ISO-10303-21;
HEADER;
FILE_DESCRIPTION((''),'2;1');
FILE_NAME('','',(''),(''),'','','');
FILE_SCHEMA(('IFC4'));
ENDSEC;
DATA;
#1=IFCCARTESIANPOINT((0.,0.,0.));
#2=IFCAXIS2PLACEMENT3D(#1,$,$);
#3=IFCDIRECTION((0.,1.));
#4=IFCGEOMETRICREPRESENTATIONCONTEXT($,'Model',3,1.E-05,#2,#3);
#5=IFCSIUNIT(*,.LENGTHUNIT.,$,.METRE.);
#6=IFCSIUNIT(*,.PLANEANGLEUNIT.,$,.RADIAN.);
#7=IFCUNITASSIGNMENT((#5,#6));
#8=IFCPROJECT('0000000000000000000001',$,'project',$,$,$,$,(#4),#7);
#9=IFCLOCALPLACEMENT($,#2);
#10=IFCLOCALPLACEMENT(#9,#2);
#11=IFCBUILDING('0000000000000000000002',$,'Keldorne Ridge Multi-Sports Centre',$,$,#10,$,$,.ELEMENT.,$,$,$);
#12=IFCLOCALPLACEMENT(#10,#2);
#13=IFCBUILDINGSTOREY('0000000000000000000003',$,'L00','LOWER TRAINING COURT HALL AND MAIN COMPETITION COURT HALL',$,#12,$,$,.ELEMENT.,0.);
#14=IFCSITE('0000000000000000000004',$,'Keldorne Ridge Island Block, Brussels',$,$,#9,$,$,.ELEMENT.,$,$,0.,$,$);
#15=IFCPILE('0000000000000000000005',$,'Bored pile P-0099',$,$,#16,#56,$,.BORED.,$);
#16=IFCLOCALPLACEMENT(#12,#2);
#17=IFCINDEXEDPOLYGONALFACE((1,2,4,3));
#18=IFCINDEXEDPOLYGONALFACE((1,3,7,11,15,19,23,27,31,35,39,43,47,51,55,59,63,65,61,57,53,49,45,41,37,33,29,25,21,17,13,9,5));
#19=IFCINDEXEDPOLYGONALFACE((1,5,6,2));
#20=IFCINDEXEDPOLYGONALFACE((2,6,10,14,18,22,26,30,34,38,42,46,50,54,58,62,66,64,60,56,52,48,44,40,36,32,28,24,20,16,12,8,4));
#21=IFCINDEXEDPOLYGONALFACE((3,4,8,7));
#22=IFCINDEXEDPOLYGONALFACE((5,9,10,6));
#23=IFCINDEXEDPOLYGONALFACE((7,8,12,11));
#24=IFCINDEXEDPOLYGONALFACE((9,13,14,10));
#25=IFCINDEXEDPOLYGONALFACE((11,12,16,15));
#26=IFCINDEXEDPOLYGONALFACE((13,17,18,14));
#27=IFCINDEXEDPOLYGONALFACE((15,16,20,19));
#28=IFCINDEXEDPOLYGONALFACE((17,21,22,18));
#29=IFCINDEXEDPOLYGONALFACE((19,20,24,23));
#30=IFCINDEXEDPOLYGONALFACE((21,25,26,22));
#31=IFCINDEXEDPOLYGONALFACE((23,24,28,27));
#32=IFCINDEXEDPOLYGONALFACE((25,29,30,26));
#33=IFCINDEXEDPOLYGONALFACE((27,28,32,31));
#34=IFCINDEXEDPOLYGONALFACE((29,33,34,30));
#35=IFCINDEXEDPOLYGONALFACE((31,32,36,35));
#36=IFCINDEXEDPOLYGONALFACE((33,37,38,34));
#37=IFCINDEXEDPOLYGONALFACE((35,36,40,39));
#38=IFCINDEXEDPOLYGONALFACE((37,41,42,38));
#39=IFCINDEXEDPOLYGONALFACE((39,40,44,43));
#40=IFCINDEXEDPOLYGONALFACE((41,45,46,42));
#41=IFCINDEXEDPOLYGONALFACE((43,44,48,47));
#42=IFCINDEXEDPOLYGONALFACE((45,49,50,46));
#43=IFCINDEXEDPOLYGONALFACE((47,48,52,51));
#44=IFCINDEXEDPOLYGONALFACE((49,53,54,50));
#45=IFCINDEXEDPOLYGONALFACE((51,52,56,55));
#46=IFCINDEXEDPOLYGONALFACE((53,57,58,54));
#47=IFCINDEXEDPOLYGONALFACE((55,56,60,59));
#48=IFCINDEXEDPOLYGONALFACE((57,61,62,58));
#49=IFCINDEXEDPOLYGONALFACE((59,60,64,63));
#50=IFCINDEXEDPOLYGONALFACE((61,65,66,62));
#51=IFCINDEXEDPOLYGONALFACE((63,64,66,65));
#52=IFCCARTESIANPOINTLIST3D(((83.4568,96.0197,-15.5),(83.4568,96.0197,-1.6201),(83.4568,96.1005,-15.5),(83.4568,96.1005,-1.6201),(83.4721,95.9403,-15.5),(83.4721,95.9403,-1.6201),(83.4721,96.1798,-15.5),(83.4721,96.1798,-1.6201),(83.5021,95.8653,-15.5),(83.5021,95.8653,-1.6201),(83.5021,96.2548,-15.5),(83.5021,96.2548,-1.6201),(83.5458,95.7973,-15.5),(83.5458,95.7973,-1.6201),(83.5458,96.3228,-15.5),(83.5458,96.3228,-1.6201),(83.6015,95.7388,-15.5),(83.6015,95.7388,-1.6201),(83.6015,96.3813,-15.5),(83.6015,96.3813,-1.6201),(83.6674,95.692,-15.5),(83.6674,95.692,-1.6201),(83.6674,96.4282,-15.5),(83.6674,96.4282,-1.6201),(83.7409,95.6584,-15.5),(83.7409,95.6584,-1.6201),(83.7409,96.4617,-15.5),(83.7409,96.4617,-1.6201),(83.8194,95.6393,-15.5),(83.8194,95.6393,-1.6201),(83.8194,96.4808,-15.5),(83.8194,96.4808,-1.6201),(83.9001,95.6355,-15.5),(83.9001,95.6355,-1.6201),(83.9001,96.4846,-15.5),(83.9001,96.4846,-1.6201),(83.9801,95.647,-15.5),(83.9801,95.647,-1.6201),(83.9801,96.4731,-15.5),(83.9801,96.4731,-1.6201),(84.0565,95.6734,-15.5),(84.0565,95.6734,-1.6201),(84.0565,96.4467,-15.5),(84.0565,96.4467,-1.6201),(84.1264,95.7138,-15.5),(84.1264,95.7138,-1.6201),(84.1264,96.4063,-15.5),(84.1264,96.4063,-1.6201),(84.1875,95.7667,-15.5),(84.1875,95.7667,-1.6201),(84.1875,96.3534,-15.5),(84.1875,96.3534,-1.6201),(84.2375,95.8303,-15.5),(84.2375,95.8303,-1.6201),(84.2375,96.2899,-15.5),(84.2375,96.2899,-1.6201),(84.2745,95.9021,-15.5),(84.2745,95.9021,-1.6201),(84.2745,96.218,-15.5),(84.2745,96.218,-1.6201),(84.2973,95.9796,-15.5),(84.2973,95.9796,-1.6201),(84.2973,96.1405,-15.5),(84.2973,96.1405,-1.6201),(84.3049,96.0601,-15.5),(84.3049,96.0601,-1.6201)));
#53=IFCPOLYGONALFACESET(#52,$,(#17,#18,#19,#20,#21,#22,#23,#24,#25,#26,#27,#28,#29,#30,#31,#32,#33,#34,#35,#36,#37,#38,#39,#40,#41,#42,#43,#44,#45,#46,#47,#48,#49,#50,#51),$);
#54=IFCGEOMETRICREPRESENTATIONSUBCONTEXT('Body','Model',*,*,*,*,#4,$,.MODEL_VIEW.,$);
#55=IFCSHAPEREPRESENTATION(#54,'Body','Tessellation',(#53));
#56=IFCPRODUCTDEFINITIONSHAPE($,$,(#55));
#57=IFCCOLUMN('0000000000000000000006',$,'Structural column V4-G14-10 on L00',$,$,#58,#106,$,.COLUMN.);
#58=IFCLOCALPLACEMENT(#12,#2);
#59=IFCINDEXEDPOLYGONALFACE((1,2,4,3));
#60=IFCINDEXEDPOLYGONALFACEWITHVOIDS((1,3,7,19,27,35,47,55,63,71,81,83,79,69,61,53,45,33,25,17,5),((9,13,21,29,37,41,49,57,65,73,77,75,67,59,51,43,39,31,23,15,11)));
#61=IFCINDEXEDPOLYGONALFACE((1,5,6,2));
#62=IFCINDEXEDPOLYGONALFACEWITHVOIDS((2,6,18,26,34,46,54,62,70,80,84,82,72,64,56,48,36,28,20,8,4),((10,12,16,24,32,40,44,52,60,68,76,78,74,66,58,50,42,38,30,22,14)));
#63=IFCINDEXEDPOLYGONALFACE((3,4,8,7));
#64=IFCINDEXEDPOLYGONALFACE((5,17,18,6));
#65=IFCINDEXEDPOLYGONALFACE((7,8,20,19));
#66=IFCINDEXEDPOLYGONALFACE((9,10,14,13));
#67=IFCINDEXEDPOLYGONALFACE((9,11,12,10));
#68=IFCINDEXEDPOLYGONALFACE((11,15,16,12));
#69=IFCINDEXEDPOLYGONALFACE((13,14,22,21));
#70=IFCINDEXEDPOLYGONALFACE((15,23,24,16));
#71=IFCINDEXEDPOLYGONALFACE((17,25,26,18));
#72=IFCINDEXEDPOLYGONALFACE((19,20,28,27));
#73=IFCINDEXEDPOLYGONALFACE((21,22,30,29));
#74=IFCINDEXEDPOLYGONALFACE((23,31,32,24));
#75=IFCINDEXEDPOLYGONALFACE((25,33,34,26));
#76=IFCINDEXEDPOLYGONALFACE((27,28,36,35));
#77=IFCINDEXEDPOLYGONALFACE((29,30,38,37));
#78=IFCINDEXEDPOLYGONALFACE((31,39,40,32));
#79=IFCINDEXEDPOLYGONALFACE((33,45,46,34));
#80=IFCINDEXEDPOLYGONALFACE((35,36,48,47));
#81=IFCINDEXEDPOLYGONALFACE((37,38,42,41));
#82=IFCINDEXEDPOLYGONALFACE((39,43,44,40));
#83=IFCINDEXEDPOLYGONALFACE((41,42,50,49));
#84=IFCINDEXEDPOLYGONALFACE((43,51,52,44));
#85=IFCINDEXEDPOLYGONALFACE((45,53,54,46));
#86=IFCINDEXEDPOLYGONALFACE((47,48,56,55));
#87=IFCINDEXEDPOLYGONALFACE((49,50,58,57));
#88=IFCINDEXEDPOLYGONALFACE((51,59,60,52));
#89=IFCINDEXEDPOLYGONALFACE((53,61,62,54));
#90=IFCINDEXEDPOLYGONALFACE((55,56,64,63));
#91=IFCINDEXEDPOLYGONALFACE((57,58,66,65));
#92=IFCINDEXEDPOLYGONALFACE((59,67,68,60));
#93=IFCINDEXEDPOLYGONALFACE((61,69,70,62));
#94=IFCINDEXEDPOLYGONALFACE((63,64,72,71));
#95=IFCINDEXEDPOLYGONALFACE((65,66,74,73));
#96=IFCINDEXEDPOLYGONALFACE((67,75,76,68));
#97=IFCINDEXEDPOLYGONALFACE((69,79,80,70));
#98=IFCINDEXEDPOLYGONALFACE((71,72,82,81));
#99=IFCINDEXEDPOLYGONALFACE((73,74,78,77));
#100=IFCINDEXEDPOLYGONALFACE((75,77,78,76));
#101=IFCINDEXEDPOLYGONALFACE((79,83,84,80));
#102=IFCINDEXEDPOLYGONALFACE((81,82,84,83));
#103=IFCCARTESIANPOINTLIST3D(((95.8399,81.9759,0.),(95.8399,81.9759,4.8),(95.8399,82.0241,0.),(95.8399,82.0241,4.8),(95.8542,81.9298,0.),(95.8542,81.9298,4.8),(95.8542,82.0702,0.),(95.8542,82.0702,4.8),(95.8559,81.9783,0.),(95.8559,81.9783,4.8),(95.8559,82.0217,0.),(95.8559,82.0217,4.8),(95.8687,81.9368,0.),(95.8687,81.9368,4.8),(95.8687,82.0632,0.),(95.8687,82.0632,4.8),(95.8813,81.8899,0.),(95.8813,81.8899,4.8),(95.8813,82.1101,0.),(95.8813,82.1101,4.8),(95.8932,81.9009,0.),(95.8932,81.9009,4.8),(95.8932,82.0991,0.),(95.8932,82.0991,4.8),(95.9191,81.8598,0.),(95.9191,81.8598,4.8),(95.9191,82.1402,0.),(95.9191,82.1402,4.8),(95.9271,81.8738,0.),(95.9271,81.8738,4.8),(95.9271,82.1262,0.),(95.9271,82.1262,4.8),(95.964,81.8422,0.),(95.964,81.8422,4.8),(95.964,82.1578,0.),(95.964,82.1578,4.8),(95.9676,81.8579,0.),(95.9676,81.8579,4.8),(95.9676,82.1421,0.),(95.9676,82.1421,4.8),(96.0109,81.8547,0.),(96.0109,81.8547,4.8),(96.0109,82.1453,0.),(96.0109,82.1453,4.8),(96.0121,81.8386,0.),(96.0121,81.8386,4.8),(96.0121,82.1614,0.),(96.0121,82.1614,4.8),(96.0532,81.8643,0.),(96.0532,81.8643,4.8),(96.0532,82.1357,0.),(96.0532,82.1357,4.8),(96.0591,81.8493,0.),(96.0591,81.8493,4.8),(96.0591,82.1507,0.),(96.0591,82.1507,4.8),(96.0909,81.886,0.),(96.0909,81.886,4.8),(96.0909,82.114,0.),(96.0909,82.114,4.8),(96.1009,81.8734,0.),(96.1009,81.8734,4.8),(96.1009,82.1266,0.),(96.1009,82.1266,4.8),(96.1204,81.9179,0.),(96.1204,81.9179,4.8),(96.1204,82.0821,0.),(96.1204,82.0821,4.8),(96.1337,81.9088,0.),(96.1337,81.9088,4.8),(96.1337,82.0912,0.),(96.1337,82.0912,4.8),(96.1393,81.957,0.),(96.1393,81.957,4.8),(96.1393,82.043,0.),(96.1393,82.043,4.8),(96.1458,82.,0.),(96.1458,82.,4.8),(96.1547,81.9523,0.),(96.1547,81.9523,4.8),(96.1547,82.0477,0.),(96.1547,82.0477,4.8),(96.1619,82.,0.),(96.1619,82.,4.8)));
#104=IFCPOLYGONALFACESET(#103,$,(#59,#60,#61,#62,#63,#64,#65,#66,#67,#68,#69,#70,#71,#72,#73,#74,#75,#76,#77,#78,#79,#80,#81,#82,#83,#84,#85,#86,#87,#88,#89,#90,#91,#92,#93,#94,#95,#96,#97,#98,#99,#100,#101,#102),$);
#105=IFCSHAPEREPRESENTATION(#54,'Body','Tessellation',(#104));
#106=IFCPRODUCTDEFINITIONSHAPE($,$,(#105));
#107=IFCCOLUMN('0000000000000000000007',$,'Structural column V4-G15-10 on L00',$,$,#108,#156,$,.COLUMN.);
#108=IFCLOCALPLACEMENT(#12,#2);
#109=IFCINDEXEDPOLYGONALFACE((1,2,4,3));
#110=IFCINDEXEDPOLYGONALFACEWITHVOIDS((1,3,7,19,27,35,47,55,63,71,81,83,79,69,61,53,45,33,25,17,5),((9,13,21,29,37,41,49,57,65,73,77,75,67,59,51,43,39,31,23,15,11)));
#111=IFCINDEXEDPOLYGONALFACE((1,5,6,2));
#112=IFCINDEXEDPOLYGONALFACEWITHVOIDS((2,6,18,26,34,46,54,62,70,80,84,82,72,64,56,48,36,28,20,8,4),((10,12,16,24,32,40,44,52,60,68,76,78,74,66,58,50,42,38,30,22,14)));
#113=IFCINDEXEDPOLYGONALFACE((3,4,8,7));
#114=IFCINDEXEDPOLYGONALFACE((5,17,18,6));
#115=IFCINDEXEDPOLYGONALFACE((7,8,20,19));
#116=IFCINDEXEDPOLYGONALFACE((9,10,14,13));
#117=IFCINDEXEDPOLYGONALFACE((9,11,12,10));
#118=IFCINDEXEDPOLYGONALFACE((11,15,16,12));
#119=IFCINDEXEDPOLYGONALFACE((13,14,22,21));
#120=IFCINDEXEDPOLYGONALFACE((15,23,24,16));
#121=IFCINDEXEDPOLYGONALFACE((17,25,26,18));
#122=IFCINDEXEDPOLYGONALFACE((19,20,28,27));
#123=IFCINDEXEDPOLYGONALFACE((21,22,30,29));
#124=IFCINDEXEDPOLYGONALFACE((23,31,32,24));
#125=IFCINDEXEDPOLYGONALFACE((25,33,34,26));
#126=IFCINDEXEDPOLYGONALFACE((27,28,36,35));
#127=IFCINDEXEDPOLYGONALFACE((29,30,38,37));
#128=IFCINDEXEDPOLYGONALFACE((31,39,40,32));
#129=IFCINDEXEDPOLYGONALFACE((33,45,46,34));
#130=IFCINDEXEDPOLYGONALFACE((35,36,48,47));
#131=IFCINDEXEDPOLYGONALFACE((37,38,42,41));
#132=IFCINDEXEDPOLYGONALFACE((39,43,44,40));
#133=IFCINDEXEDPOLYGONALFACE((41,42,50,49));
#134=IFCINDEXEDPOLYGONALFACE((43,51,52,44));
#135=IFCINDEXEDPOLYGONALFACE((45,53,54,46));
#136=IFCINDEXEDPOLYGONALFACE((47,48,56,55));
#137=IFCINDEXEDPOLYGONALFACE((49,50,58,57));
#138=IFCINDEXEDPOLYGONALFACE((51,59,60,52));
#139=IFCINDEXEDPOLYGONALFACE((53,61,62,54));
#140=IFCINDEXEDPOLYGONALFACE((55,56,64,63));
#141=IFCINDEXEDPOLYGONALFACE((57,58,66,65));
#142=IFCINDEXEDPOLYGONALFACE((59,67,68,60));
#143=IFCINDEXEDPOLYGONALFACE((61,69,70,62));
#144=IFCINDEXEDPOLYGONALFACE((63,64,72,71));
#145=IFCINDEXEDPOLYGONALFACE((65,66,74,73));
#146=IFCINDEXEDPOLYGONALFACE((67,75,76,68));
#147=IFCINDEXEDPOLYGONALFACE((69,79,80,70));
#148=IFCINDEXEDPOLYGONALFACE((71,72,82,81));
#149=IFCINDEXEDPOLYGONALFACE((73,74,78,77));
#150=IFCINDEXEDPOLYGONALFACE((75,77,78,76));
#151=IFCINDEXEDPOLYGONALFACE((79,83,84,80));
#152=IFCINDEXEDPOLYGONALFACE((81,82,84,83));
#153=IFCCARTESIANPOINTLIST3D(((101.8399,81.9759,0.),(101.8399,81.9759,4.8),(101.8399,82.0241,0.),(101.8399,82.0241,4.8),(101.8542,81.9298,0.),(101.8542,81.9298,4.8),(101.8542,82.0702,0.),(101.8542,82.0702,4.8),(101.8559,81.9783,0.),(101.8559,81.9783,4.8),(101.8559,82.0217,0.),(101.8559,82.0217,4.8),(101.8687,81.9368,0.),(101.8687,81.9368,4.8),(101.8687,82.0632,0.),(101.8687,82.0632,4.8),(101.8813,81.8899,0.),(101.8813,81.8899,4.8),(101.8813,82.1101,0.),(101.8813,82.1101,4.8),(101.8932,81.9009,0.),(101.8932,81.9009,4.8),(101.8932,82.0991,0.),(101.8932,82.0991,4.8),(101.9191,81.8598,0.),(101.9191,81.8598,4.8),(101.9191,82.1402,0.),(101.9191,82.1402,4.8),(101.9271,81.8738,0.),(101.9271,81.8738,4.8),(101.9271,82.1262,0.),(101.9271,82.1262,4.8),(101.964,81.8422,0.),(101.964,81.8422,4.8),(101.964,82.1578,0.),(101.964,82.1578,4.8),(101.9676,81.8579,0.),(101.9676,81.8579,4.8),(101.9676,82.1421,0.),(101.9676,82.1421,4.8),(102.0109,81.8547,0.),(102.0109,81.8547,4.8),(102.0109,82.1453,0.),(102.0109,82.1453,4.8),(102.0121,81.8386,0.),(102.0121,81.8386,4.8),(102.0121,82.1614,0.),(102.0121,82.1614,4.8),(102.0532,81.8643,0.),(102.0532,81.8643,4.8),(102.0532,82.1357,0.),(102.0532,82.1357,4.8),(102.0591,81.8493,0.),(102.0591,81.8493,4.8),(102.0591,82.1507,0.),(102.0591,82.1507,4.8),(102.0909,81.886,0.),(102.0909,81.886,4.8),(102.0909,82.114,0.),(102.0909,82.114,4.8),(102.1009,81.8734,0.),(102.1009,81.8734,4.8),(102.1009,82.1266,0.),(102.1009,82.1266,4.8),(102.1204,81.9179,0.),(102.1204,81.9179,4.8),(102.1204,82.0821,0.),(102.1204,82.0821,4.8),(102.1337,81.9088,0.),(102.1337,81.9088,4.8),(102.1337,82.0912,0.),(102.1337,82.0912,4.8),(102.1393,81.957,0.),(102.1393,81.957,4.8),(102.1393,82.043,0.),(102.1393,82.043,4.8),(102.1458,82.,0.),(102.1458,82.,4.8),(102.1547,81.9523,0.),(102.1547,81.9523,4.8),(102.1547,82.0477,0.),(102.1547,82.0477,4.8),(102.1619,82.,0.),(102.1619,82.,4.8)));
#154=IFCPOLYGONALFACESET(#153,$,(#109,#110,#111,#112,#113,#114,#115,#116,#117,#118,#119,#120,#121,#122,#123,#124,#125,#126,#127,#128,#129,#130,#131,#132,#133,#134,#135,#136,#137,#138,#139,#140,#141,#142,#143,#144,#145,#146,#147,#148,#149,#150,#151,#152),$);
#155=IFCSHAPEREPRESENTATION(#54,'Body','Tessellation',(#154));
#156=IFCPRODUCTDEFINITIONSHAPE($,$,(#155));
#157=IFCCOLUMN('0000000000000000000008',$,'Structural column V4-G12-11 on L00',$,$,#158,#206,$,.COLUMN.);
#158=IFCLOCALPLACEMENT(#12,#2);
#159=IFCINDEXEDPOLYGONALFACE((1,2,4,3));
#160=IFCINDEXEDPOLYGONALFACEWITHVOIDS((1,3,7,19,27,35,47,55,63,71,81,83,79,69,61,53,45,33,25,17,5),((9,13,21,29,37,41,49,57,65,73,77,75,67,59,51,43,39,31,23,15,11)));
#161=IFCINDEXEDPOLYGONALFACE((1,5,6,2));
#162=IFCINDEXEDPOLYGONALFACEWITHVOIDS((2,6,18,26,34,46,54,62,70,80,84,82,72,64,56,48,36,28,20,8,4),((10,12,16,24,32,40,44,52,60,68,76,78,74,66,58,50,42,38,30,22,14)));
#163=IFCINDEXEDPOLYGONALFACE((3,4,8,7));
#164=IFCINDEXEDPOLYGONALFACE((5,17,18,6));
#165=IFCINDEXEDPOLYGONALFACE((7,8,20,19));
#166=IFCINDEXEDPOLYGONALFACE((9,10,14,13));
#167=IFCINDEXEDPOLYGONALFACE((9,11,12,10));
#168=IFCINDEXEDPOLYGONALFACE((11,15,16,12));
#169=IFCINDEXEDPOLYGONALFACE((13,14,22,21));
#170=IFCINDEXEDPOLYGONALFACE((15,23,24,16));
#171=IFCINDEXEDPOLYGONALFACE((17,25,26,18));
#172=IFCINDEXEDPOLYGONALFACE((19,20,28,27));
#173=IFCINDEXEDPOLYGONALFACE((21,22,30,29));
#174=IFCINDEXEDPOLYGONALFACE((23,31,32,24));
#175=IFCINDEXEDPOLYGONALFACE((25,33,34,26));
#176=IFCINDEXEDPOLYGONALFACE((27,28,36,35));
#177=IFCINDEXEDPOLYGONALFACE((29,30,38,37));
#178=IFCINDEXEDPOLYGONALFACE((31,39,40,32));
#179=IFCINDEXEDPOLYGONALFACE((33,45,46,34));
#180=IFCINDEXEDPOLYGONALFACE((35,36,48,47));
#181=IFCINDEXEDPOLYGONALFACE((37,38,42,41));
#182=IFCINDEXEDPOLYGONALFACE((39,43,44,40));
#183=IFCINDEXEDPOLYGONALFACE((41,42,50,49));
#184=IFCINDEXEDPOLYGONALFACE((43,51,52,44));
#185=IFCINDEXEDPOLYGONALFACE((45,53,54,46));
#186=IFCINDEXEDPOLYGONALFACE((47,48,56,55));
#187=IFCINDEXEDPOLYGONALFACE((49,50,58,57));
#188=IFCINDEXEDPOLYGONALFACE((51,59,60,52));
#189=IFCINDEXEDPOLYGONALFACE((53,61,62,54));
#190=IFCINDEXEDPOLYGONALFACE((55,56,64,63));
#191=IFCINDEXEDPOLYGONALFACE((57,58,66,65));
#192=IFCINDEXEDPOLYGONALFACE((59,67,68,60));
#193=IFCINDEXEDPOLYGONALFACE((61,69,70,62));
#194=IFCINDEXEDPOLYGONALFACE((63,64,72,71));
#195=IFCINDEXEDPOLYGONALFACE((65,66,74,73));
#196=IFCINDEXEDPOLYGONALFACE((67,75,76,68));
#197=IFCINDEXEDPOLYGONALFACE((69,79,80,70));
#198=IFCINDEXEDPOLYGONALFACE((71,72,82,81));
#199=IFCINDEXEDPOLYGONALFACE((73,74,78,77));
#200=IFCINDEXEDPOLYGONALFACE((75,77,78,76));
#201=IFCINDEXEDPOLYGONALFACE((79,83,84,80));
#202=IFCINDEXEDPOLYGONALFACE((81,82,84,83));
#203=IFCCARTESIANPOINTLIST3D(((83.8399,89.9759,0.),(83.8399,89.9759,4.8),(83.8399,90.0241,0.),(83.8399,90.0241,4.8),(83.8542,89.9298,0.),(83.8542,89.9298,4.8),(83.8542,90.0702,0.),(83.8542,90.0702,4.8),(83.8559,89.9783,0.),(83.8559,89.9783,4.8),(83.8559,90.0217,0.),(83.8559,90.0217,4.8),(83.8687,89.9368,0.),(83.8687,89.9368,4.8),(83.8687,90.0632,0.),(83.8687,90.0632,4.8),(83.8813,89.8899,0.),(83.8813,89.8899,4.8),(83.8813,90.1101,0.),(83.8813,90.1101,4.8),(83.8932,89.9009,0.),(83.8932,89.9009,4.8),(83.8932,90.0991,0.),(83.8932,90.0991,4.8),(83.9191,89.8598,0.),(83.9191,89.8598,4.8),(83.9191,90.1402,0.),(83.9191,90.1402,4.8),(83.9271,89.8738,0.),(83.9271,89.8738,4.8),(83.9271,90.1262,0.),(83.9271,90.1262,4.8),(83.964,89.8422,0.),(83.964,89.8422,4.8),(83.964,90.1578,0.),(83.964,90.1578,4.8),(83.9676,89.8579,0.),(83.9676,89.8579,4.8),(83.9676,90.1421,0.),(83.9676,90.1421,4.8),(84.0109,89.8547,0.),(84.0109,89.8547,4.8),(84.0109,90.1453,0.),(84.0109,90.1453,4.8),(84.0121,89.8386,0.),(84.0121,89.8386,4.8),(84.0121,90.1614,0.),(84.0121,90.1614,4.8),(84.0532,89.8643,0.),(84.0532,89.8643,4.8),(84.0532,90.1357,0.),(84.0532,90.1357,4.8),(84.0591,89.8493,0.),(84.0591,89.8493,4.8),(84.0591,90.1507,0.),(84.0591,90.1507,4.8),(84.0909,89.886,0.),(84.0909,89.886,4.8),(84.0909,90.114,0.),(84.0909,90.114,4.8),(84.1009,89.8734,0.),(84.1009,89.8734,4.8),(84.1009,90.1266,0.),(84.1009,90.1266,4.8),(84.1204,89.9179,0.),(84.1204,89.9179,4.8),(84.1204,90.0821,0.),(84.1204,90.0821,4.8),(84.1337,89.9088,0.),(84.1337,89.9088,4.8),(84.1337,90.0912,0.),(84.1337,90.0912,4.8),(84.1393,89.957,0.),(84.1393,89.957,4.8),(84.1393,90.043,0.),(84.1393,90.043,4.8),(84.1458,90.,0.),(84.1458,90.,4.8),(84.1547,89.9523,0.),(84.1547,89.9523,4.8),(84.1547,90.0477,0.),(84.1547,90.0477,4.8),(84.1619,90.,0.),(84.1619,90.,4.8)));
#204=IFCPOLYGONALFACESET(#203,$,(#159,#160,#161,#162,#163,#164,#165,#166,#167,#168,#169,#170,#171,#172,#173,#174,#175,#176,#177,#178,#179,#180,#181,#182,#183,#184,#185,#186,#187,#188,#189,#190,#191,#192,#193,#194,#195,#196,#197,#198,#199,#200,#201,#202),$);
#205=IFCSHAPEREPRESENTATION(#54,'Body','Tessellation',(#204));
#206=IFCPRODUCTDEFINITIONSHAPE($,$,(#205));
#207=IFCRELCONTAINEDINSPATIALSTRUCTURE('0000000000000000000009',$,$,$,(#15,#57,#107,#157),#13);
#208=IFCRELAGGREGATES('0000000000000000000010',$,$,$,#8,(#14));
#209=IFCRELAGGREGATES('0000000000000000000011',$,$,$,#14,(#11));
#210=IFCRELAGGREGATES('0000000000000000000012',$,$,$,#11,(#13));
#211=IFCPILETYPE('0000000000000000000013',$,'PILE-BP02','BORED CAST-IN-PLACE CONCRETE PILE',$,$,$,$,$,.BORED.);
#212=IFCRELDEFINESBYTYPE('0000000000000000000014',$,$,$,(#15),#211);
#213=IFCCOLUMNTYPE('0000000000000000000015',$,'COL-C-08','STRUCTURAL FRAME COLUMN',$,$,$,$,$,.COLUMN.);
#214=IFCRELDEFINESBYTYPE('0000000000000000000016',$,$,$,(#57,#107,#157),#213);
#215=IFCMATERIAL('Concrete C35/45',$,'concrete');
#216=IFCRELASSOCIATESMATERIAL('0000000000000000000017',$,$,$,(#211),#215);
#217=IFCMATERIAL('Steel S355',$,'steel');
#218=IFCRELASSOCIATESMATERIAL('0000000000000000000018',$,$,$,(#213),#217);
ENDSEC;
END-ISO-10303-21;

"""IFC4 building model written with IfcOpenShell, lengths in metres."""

from ifc_helpers import new_model, si_unit, direction, frame, origin, origin_2d, place, context, subcontext, project, spatial, circle, hollow_circle, extrude, material, material_profile, profile_set, type_object, element, save


model = new_model("IFC4")

# Units and contexts
model_context = context("Model", 3, precision=1e-05, world=origin(), true_north=direction((0.0, 1.0)))
body_context = subcontext(model_context, "Body", "Model", "MODEL_VIEW")
ifc_project = project(units=[si_unit("LENGTHUNIT", "METRE"), si_unit("PLANEANGLEUNIT", "RADIAN")], contexts=[model_context])

# Site, building, storey
site_placement = place(None, origin())
site = spatial("IfcSite", under=ifc_project, at=site_placement, Name="Keldorne Ridge Island Block, Brussels", CompositionType="ELEMENT", RefElevation=0.0)
building_placement = place(site_placement, origin())
building = spatial("IfcBuilding", under=site, at=building_placement, Name="Keldorne Ridge Multi-Sports Centre", CompositionType="ELEMENT")
storey_placement = place(building_placement, origin())
storey = spatial("IfcBuildingStorey", under=building, at=storey_placement, Name="L00", Description="LOWER TRAINING COURT HALL AND MAIN COMPETITION COURT HALL", CompositionType="ELEMENT", Elevation=0.0)

# Shared definitions
ifc_material_1 = material(Name="Concrete C35/45", Category="concrete")

# Pile
ifc_material_profile_1 = material_profile(ifc_material_1, circle(Radius=0.425, at=origin_2d()), Name="BORED PILE D850")
ifc_profile_set_1 = profile_set([ifc_material_profile_1], Name="Concrete C35/45")
pile_type_1 = type_object("IfcPileType", Name="PILE-BP02", Description="BORED CAST-IN-PLACE CONCRETE PILE", PredefinedType="BORED", material=ifc_profile_set_1)
for number, where, z_axis, x_axis, name in (
    (1, (83.8799, 96.0601, -1.6201), (0.0, 0.0, -1.0), (1.0, 0.0, 0.0), "Bored pile P-0099"),
):
    element("IfcPile", number, at=place(storey_placement, frame(where, z_axis=z_axis, x_axis=x_axis)), inside=storey, type_object=pile_type_1, Name=name, PredefinedType="BORED", context=body_context, shape_type="SweptSolid", body=[
        extrude(circle(Radius=0.425, at=origin_2d()), origin(), (0.0, 0.0, 1.0), 13.8799),
    ])

# Columns
ifc_material_2 = material(Name="Steel S355", Category="steel")
ifc_material_profile_2 = material_profile(ifc_material_2, hollow_circle(Radius=0.1619, WallThickness=0.0161, at=origin_2d()), Name="CHS 323.9x16")
ifc_profile_set_2 = profile_set([ifc_material_profile_2], Name="Steel S355")
column_type = type_object("IfcColumnType", Name="COL-C-08", Description="STRUCTURAL FRAME COLUMN", PredefinedType="COLUMN", material=ifc_profile_set_2)
for number, where, z_axis, x_axis, name in (
    (2, (96.0, 82.0, 0.0), (0.0, 0.0, 1.0), (1.0, 0.0, 0.0), "Structural column V4-G14-10 on L00"),
    (3, (102.0, 82.0, 0.0), (0.0, 0.0, 1.0), (1.0, 0.0, 0.0), "Structural column V4-G15-10 on L00"),
    (4, (84.0, 90.0, 0.0), (0.0, 0.0, 1.0), (1.0, 0.0, 0.0), "Structural column V4-G12-11 on L00"),
):
    element("IfcColumn", number, at=place(storey_placement, frame(where, z_axis=z_axis, x_axis=x_axis)), inside=storey, type_object=column_type, Name=name, PredefinedType="COLUMN", context=body_context, shape_type="SweptSolid", body=[
        extrude(hollow_circle(Radius=0.1619, WallThickness=0.0161, at=origin_2d()), origin(), (0.0, 0.0, 1.0), 4.8),
    ])

save(model, "model.ifc")
